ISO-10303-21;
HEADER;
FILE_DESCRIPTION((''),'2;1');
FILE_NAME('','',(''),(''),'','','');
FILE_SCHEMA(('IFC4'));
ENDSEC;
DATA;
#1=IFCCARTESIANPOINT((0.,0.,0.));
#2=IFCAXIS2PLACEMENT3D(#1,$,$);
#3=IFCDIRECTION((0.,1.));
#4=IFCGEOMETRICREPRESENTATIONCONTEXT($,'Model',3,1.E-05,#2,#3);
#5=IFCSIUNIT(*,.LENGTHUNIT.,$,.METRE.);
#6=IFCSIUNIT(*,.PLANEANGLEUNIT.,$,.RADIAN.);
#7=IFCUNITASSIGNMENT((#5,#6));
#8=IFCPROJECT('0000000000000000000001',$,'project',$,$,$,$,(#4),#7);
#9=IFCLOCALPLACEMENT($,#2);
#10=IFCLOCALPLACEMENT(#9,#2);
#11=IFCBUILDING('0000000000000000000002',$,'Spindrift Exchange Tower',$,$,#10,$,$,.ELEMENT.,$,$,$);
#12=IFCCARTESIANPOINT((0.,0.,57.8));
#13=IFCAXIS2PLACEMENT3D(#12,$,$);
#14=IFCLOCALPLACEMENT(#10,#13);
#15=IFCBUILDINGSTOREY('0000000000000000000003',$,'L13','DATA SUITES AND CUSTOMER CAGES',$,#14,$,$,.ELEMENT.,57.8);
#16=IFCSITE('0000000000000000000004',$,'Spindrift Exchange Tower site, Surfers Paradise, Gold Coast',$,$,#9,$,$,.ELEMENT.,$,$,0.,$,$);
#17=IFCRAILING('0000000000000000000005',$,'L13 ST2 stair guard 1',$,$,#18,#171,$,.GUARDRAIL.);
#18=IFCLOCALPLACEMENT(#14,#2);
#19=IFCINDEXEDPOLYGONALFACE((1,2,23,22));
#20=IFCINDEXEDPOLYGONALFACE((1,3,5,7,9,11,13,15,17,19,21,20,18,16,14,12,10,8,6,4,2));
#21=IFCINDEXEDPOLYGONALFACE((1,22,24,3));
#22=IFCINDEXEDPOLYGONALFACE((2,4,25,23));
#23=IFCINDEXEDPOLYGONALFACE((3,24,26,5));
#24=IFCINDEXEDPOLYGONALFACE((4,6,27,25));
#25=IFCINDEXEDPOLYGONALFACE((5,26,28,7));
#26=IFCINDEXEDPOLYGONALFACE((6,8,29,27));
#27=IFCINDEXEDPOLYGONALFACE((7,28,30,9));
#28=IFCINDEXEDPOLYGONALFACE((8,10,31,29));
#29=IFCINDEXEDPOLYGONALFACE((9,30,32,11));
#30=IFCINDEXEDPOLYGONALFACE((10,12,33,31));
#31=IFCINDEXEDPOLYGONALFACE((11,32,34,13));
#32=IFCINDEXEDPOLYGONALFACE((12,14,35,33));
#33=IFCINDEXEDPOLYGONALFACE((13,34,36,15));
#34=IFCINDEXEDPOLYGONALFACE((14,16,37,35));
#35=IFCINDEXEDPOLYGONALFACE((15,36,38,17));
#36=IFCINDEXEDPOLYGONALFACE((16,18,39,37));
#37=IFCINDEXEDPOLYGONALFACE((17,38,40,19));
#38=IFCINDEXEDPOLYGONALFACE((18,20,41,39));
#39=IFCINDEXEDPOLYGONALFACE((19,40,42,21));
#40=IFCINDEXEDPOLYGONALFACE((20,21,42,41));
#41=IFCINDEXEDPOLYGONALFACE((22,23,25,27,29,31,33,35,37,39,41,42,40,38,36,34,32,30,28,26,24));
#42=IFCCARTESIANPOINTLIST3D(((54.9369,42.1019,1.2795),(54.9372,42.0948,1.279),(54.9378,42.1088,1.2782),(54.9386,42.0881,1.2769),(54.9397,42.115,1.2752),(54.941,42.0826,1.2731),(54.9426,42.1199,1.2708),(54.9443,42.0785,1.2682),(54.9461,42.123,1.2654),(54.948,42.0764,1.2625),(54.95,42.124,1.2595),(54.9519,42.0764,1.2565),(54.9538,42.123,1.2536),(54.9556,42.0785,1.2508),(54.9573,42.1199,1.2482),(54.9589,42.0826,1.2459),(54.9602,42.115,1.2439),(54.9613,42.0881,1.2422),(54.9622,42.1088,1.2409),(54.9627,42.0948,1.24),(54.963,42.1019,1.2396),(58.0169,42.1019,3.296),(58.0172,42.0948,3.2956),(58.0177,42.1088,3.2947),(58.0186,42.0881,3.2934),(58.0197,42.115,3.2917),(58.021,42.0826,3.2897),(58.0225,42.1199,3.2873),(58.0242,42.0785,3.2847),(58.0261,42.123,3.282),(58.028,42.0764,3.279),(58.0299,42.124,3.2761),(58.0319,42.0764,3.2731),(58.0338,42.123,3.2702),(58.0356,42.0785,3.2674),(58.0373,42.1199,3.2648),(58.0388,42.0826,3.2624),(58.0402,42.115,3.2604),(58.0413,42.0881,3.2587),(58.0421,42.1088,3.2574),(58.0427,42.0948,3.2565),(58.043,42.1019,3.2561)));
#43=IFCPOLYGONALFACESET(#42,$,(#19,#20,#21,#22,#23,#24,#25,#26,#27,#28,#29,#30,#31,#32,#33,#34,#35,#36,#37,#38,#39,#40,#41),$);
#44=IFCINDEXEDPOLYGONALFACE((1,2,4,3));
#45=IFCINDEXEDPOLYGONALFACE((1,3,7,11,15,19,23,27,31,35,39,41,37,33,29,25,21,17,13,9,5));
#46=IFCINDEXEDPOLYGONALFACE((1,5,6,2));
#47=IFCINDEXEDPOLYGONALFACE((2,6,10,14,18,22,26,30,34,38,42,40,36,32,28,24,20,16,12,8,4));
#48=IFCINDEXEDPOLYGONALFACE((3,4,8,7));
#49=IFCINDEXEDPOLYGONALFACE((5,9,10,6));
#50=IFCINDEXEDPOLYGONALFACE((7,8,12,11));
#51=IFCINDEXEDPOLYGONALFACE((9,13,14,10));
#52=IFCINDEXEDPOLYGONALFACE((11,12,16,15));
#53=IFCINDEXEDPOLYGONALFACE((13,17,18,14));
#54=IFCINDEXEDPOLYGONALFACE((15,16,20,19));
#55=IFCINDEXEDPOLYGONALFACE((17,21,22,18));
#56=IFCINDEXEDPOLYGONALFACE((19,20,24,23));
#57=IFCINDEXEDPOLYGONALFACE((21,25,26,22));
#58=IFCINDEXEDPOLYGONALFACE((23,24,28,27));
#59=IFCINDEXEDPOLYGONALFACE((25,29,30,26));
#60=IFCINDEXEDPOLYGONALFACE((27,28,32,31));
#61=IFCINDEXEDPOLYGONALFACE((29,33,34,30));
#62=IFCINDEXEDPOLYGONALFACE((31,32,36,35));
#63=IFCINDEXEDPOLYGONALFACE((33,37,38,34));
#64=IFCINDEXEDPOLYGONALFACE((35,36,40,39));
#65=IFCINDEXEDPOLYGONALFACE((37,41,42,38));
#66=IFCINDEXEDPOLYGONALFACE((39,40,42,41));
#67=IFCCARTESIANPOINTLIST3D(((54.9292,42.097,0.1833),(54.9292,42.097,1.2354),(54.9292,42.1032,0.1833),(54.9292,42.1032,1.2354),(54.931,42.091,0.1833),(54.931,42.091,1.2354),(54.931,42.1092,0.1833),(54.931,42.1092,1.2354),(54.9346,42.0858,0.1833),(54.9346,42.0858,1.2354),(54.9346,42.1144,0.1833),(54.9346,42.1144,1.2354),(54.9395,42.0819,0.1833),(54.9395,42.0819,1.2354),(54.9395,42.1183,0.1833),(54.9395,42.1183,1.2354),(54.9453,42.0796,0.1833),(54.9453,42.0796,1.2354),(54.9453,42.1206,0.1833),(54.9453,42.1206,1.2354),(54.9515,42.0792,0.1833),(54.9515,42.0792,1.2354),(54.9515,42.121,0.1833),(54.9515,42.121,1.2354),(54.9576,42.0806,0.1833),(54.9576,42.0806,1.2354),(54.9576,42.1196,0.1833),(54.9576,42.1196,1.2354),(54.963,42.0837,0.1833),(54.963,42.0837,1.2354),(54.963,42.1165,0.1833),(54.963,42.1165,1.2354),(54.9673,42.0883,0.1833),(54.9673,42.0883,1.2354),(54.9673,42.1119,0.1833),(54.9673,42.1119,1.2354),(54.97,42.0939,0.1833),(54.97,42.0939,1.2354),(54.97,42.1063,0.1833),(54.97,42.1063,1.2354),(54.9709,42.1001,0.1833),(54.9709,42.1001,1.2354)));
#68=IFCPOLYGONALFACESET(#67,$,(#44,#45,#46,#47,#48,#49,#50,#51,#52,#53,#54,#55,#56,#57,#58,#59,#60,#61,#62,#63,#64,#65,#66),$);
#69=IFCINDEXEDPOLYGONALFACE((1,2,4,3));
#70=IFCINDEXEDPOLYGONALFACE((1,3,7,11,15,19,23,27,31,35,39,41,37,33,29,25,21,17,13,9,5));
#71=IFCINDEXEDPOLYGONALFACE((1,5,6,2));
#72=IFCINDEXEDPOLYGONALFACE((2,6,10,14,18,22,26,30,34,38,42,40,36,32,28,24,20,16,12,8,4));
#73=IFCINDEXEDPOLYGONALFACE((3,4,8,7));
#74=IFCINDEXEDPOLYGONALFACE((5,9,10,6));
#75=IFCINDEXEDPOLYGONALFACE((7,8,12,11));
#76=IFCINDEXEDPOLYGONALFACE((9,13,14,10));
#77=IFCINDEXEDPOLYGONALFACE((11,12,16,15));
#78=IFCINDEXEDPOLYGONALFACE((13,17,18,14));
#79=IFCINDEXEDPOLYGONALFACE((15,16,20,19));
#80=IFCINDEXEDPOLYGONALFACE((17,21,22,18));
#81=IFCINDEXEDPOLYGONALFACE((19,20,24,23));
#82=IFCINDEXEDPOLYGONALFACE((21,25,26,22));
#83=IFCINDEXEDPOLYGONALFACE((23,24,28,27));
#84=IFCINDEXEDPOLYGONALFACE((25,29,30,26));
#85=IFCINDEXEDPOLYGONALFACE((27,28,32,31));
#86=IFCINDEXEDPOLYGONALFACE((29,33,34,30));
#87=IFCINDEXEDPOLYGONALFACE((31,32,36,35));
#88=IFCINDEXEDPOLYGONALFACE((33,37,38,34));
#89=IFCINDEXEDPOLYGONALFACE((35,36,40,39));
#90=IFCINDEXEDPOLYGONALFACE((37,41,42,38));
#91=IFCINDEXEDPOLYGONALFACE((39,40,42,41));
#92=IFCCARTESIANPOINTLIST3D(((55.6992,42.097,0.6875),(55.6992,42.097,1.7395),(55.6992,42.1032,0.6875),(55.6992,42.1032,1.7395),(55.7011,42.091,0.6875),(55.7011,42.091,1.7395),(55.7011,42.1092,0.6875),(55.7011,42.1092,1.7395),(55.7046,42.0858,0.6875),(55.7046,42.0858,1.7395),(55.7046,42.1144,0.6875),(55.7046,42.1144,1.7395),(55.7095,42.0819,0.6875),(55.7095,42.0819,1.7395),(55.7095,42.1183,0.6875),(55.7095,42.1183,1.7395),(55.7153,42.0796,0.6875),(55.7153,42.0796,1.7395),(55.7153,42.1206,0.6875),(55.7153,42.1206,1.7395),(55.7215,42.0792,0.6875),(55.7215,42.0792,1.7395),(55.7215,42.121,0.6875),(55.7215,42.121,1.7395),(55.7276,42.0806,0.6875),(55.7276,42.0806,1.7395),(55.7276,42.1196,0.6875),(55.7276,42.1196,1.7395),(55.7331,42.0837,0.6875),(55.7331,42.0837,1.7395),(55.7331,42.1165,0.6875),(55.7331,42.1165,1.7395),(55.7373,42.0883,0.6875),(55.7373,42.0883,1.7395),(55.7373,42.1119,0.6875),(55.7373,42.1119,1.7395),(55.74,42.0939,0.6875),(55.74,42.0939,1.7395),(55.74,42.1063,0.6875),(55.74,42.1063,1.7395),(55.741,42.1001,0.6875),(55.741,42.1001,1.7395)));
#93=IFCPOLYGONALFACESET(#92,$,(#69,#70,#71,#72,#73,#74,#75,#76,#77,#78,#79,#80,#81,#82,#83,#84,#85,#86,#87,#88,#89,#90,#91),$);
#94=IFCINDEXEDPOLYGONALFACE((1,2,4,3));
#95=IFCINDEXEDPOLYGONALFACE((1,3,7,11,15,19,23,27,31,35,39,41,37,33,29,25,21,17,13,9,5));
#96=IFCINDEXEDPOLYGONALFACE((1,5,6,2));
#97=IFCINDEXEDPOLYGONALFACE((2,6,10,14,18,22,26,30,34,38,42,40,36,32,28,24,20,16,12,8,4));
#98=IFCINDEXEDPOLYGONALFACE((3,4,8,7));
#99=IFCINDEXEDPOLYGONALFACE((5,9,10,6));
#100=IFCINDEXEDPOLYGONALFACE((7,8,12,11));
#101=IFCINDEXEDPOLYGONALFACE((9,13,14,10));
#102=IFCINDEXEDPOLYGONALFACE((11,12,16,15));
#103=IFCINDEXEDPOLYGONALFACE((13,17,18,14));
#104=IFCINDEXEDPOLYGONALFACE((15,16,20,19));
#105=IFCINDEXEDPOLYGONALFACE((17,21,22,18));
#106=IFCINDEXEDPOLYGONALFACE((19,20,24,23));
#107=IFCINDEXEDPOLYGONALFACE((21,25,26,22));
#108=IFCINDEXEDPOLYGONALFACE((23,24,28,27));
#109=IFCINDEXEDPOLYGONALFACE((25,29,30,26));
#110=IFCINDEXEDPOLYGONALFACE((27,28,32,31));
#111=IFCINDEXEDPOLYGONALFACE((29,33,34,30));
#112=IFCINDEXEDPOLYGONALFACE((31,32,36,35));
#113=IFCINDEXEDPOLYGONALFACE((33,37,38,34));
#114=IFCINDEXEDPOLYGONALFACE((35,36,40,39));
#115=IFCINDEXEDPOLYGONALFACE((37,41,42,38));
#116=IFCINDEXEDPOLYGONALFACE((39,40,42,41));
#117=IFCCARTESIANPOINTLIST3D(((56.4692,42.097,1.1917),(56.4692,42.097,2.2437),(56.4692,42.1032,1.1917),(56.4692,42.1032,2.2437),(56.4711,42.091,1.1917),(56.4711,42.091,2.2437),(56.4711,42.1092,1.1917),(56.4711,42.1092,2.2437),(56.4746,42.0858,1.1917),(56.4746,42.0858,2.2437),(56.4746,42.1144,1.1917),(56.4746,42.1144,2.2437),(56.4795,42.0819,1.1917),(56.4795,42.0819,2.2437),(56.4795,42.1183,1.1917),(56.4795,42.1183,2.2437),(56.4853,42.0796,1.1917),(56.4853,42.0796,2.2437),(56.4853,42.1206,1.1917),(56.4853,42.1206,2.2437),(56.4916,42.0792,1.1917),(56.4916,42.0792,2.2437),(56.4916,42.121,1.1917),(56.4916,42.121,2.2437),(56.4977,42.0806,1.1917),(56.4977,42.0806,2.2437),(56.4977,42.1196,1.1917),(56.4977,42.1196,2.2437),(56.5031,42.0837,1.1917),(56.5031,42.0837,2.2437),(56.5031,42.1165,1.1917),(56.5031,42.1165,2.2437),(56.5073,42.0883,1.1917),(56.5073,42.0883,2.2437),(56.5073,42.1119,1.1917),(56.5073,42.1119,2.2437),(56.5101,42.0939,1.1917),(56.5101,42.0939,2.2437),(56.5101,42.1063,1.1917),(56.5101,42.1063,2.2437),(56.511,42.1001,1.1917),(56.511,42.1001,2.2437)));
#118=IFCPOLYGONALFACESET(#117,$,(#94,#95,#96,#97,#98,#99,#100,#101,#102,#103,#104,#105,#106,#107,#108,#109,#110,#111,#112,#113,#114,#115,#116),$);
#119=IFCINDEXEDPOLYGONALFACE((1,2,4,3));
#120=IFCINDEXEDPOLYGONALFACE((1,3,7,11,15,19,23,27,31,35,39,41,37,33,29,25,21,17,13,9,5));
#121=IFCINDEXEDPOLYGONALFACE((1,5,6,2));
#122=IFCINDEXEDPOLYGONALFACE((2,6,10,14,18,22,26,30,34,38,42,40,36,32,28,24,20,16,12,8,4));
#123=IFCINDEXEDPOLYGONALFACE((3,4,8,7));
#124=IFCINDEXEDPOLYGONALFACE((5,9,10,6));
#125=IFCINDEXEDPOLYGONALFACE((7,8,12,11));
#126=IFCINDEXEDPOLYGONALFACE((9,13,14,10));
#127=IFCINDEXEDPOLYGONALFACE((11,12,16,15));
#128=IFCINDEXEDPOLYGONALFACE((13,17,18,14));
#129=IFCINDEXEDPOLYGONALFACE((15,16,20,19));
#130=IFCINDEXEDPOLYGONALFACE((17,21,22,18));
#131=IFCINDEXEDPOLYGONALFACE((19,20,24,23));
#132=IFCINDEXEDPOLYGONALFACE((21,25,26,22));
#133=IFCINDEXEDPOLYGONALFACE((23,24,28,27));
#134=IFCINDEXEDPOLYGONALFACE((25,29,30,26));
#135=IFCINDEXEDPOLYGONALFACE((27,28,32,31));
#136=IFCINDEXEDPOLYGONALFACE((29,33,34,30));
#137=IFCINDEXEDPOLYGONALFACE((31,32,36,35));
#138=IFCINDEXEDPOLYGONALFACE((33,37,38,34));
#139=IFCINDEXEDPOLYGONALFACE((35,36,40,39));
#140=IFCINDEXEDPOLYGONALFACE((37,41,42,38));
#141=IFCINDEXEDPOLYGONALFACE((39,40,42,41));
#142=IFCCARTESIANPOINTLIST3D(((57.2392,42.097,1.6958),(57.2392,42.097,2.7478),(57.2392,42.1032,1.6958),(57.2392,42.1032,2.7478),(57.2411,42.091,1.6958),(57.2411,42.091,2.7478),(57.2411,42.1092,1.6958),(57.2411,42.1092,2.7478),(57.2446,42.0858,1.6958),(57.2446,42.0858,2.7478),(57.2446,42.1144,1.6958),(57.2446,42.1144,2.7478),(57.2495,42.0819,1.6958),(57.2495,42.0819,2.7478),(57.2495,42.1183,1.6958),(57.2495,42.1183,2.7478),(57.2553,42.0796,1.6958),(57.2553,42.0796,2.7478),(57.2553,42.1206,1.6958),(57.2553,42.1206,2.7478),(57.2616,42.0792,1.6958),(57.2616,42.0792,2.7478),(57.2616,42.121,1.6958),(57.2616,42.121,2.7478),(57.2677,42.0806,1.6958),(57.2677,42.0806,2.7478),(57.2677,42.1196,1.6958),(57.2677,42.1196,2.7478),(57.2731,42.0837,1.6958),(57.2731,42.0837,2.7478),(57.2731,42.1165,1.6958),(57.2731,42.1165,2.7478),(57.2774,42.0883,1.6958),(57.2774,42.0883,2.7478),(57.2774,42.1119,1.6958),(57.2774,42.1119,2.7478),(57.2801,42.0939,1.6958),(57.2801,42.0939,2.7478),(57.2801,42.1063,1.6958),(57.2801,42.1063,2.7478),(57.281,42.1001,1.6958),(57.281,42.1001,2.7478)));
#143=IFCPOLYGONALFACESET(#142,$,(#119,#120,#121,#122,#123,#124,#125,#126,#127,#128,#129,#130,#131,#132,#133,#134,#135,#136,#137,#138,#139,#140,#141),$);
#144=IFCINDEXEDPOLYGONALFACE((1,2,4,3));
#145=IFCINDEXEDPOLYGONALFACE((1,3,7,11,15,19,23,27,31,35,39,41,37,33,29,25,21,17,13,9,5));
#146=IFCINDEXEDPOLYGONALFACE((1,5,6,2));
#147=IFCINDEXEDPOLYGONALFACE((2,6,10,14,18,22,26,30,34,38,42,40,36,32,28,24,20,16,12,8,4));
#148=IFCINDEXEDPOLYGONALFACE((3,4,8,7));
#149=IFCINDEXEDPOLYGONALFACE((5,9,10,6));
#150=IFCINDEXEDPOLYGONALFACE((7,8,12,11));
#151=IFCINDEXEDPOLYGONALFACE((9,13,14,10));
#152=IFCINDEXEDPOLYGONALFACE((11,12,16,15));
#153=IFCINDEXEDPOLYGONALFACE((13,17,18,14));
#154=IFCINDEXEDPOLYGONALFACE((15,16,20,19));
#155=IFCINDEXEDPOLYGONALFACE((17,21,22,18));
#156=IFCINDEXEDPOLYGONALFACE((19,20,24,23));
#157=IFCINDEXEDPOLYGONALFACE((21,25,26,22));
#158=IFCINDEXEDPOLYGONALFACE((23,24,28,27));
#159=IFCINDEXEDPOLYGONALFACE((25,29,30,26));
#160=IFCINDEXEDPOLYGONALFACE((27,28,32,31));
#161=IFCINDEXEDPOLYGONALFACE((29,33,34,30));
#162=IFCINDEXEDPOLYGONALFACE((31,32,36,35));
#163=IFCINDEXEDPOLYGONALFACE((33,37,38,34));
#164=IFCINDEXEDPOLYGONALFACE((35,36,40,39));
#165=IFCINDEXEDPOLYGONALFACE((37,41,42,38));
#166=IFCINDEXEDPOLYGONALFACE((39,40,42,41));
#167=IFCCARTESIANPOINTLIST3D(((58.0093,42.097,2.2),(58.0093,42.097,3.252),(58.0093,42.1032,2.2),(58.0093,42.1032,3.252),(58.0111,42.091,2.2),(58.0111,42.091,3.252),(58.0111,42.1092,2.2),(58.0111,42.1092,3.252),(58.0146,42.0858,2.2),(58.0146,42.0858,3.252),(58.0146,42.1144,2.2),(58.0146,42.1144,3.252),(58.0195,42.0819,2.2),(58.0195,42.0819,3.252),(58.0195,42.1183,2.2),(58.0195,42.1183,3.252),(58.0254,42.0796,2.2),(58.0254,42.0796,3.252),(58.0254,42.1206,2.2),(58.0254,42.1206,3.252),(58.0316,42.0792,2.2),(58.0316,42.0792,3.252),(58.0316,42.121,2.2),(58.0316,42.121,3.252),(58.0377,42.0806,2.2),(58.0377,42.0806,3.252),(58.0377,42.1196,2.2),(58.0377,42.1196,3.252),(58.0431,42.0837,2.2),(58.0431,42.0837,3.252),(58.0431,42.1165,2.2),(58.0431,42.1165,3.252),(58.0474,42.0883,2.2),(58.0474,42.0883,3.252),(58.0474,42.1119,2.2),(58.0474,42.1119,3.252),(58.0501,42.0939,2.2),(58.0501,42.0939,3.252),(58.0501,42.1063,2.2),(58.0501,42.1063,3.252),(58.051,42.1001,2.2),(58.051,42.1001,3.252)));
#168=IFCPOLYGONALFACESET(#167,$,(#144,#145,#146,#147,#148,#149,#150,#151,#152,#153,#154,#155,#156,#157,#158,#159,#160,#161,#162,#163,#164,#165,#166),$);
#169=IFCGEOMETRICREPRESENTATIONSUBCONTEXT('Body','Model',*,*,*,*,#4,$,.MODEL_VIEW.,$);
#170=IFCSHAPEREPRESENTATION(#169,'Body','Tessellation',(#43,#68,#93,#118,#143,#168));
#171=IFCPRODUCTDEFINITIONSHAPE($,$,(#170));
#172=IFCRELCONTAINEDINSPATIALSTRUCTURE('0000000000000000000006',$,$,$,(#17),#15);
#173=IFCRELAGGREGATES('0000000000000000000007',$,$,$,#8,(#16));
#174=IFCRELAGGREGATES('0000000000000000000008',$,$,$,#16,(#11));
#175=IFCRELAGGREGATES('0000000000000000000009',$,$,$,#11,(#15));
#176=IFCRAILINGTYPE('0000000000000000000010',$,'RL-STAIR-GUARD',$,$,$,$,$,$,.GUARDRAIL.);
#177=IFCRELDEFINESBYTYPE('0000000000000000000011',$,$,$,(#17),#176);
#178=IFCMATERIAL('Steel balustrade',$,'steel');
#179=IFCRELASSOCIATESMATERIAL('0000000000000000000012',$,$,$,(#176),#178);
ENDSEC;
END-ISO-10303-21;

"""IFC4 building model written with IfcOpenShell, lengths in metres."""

from ifc_helpers import new_model, si_unit, direction, frame, origin, origin_2d, place, context, subcontext, project, spatial, circle, extrude, material, type_object, element, save


model = new_model("IFC4")

# Units and contexts
model_context = context("Model", 3, precision=1e-05, world=origin(), true_north=direction((0.0, 1.0)))
body_context = subcontext(model_context, "Body", "Model", "MODEL_VIEW")
ifc_project = project(units=[si_unit("LENGTHUNIT", "METRE"), si_unit("PLANEANGLEUNIT", "RADIAN")], contexts=[model_context])

# Site, building, storey
site_placement = place(None, origin())
site = spatial("IfcSite", under=ifc_project, at=site_placement, Name="Spindrift Exchange Tower site, Surfers Paradise, Gold Coast", CompositionType="ELEMENT", RefElevation=0.0)
building_placement = place(site_placement, origin())
building = spatial("IfcBuilding", under=site, at=building_placement, Name="Spindrift Exchange Tower", CompositionType="ELEMENT")
storey_placement = place(building_placement, frame((0.0, 0.0, 57.8)))
storey = spatial("IfcBuildingStorey", under=building, at=storey_placement, Name="L13", Description="DATA SUITES AND CUSTOMER CAGES", CompositionType="ELEMENT", Elevation=57.8)

# Railing
ifc_material_1 = material(Name="Steel balustrade", Category="steel")
railing_type_1 = type_object("IfcRailingType", Name="RL-STAIR-GUARD", PredefinedType="GUARDRAIL", material=ifc_material_1)
railing_1_placement = place(storey_placement, frame((54.95, 42.1001, 0.1833)))
element("IfcRailing", 1, at=railing_1_placement, inside=storey, type_object=railing_type_1, Name="L13 ST2 stair guard 1", PredefinedType="GUARDRAIL", context=body_context, shape_type="SweptSolid", body=[
    extrude(circle(Radius=0.0239, at=origin_2d()), frame((0.0, 0.0, 1.0762), z_axis=(0.836633, 0.0, 0.547764), x_axis=(0.0, 1.0, 0.0)), (0.0, 0.0, 1.0), 3.6814),
    extrude(circle(Radius=0.021, at=origin_2d()), origin(), (0.0, 0.0, 1.0), 1.052),
    extrude(circle(Radius=0.021, at=origin_2d()), frame((0.77, 0.0, 0.5042)), (0.0, 0.0, 1.0), 1.052),
    extrude(circle(Radius=0.021, at=origin_2d()), frame((1.54, 0.0, 1.0083)), (0.0, 0.0, 1.0), 1.052),
    extrude(circle(Radius=0.021, at=origin_2d()), frame((2.3101, 0.0, 1.5125)), (0.0, 0.0, 1.0), 1.052),
    extrude(circle(Radius=0.021, at=origin_2d()), frame((3.0801, 0.0, 2.0166)), (0.0, 0.0, 1.0), 1.052),
])

save(model, "model.ifc")
